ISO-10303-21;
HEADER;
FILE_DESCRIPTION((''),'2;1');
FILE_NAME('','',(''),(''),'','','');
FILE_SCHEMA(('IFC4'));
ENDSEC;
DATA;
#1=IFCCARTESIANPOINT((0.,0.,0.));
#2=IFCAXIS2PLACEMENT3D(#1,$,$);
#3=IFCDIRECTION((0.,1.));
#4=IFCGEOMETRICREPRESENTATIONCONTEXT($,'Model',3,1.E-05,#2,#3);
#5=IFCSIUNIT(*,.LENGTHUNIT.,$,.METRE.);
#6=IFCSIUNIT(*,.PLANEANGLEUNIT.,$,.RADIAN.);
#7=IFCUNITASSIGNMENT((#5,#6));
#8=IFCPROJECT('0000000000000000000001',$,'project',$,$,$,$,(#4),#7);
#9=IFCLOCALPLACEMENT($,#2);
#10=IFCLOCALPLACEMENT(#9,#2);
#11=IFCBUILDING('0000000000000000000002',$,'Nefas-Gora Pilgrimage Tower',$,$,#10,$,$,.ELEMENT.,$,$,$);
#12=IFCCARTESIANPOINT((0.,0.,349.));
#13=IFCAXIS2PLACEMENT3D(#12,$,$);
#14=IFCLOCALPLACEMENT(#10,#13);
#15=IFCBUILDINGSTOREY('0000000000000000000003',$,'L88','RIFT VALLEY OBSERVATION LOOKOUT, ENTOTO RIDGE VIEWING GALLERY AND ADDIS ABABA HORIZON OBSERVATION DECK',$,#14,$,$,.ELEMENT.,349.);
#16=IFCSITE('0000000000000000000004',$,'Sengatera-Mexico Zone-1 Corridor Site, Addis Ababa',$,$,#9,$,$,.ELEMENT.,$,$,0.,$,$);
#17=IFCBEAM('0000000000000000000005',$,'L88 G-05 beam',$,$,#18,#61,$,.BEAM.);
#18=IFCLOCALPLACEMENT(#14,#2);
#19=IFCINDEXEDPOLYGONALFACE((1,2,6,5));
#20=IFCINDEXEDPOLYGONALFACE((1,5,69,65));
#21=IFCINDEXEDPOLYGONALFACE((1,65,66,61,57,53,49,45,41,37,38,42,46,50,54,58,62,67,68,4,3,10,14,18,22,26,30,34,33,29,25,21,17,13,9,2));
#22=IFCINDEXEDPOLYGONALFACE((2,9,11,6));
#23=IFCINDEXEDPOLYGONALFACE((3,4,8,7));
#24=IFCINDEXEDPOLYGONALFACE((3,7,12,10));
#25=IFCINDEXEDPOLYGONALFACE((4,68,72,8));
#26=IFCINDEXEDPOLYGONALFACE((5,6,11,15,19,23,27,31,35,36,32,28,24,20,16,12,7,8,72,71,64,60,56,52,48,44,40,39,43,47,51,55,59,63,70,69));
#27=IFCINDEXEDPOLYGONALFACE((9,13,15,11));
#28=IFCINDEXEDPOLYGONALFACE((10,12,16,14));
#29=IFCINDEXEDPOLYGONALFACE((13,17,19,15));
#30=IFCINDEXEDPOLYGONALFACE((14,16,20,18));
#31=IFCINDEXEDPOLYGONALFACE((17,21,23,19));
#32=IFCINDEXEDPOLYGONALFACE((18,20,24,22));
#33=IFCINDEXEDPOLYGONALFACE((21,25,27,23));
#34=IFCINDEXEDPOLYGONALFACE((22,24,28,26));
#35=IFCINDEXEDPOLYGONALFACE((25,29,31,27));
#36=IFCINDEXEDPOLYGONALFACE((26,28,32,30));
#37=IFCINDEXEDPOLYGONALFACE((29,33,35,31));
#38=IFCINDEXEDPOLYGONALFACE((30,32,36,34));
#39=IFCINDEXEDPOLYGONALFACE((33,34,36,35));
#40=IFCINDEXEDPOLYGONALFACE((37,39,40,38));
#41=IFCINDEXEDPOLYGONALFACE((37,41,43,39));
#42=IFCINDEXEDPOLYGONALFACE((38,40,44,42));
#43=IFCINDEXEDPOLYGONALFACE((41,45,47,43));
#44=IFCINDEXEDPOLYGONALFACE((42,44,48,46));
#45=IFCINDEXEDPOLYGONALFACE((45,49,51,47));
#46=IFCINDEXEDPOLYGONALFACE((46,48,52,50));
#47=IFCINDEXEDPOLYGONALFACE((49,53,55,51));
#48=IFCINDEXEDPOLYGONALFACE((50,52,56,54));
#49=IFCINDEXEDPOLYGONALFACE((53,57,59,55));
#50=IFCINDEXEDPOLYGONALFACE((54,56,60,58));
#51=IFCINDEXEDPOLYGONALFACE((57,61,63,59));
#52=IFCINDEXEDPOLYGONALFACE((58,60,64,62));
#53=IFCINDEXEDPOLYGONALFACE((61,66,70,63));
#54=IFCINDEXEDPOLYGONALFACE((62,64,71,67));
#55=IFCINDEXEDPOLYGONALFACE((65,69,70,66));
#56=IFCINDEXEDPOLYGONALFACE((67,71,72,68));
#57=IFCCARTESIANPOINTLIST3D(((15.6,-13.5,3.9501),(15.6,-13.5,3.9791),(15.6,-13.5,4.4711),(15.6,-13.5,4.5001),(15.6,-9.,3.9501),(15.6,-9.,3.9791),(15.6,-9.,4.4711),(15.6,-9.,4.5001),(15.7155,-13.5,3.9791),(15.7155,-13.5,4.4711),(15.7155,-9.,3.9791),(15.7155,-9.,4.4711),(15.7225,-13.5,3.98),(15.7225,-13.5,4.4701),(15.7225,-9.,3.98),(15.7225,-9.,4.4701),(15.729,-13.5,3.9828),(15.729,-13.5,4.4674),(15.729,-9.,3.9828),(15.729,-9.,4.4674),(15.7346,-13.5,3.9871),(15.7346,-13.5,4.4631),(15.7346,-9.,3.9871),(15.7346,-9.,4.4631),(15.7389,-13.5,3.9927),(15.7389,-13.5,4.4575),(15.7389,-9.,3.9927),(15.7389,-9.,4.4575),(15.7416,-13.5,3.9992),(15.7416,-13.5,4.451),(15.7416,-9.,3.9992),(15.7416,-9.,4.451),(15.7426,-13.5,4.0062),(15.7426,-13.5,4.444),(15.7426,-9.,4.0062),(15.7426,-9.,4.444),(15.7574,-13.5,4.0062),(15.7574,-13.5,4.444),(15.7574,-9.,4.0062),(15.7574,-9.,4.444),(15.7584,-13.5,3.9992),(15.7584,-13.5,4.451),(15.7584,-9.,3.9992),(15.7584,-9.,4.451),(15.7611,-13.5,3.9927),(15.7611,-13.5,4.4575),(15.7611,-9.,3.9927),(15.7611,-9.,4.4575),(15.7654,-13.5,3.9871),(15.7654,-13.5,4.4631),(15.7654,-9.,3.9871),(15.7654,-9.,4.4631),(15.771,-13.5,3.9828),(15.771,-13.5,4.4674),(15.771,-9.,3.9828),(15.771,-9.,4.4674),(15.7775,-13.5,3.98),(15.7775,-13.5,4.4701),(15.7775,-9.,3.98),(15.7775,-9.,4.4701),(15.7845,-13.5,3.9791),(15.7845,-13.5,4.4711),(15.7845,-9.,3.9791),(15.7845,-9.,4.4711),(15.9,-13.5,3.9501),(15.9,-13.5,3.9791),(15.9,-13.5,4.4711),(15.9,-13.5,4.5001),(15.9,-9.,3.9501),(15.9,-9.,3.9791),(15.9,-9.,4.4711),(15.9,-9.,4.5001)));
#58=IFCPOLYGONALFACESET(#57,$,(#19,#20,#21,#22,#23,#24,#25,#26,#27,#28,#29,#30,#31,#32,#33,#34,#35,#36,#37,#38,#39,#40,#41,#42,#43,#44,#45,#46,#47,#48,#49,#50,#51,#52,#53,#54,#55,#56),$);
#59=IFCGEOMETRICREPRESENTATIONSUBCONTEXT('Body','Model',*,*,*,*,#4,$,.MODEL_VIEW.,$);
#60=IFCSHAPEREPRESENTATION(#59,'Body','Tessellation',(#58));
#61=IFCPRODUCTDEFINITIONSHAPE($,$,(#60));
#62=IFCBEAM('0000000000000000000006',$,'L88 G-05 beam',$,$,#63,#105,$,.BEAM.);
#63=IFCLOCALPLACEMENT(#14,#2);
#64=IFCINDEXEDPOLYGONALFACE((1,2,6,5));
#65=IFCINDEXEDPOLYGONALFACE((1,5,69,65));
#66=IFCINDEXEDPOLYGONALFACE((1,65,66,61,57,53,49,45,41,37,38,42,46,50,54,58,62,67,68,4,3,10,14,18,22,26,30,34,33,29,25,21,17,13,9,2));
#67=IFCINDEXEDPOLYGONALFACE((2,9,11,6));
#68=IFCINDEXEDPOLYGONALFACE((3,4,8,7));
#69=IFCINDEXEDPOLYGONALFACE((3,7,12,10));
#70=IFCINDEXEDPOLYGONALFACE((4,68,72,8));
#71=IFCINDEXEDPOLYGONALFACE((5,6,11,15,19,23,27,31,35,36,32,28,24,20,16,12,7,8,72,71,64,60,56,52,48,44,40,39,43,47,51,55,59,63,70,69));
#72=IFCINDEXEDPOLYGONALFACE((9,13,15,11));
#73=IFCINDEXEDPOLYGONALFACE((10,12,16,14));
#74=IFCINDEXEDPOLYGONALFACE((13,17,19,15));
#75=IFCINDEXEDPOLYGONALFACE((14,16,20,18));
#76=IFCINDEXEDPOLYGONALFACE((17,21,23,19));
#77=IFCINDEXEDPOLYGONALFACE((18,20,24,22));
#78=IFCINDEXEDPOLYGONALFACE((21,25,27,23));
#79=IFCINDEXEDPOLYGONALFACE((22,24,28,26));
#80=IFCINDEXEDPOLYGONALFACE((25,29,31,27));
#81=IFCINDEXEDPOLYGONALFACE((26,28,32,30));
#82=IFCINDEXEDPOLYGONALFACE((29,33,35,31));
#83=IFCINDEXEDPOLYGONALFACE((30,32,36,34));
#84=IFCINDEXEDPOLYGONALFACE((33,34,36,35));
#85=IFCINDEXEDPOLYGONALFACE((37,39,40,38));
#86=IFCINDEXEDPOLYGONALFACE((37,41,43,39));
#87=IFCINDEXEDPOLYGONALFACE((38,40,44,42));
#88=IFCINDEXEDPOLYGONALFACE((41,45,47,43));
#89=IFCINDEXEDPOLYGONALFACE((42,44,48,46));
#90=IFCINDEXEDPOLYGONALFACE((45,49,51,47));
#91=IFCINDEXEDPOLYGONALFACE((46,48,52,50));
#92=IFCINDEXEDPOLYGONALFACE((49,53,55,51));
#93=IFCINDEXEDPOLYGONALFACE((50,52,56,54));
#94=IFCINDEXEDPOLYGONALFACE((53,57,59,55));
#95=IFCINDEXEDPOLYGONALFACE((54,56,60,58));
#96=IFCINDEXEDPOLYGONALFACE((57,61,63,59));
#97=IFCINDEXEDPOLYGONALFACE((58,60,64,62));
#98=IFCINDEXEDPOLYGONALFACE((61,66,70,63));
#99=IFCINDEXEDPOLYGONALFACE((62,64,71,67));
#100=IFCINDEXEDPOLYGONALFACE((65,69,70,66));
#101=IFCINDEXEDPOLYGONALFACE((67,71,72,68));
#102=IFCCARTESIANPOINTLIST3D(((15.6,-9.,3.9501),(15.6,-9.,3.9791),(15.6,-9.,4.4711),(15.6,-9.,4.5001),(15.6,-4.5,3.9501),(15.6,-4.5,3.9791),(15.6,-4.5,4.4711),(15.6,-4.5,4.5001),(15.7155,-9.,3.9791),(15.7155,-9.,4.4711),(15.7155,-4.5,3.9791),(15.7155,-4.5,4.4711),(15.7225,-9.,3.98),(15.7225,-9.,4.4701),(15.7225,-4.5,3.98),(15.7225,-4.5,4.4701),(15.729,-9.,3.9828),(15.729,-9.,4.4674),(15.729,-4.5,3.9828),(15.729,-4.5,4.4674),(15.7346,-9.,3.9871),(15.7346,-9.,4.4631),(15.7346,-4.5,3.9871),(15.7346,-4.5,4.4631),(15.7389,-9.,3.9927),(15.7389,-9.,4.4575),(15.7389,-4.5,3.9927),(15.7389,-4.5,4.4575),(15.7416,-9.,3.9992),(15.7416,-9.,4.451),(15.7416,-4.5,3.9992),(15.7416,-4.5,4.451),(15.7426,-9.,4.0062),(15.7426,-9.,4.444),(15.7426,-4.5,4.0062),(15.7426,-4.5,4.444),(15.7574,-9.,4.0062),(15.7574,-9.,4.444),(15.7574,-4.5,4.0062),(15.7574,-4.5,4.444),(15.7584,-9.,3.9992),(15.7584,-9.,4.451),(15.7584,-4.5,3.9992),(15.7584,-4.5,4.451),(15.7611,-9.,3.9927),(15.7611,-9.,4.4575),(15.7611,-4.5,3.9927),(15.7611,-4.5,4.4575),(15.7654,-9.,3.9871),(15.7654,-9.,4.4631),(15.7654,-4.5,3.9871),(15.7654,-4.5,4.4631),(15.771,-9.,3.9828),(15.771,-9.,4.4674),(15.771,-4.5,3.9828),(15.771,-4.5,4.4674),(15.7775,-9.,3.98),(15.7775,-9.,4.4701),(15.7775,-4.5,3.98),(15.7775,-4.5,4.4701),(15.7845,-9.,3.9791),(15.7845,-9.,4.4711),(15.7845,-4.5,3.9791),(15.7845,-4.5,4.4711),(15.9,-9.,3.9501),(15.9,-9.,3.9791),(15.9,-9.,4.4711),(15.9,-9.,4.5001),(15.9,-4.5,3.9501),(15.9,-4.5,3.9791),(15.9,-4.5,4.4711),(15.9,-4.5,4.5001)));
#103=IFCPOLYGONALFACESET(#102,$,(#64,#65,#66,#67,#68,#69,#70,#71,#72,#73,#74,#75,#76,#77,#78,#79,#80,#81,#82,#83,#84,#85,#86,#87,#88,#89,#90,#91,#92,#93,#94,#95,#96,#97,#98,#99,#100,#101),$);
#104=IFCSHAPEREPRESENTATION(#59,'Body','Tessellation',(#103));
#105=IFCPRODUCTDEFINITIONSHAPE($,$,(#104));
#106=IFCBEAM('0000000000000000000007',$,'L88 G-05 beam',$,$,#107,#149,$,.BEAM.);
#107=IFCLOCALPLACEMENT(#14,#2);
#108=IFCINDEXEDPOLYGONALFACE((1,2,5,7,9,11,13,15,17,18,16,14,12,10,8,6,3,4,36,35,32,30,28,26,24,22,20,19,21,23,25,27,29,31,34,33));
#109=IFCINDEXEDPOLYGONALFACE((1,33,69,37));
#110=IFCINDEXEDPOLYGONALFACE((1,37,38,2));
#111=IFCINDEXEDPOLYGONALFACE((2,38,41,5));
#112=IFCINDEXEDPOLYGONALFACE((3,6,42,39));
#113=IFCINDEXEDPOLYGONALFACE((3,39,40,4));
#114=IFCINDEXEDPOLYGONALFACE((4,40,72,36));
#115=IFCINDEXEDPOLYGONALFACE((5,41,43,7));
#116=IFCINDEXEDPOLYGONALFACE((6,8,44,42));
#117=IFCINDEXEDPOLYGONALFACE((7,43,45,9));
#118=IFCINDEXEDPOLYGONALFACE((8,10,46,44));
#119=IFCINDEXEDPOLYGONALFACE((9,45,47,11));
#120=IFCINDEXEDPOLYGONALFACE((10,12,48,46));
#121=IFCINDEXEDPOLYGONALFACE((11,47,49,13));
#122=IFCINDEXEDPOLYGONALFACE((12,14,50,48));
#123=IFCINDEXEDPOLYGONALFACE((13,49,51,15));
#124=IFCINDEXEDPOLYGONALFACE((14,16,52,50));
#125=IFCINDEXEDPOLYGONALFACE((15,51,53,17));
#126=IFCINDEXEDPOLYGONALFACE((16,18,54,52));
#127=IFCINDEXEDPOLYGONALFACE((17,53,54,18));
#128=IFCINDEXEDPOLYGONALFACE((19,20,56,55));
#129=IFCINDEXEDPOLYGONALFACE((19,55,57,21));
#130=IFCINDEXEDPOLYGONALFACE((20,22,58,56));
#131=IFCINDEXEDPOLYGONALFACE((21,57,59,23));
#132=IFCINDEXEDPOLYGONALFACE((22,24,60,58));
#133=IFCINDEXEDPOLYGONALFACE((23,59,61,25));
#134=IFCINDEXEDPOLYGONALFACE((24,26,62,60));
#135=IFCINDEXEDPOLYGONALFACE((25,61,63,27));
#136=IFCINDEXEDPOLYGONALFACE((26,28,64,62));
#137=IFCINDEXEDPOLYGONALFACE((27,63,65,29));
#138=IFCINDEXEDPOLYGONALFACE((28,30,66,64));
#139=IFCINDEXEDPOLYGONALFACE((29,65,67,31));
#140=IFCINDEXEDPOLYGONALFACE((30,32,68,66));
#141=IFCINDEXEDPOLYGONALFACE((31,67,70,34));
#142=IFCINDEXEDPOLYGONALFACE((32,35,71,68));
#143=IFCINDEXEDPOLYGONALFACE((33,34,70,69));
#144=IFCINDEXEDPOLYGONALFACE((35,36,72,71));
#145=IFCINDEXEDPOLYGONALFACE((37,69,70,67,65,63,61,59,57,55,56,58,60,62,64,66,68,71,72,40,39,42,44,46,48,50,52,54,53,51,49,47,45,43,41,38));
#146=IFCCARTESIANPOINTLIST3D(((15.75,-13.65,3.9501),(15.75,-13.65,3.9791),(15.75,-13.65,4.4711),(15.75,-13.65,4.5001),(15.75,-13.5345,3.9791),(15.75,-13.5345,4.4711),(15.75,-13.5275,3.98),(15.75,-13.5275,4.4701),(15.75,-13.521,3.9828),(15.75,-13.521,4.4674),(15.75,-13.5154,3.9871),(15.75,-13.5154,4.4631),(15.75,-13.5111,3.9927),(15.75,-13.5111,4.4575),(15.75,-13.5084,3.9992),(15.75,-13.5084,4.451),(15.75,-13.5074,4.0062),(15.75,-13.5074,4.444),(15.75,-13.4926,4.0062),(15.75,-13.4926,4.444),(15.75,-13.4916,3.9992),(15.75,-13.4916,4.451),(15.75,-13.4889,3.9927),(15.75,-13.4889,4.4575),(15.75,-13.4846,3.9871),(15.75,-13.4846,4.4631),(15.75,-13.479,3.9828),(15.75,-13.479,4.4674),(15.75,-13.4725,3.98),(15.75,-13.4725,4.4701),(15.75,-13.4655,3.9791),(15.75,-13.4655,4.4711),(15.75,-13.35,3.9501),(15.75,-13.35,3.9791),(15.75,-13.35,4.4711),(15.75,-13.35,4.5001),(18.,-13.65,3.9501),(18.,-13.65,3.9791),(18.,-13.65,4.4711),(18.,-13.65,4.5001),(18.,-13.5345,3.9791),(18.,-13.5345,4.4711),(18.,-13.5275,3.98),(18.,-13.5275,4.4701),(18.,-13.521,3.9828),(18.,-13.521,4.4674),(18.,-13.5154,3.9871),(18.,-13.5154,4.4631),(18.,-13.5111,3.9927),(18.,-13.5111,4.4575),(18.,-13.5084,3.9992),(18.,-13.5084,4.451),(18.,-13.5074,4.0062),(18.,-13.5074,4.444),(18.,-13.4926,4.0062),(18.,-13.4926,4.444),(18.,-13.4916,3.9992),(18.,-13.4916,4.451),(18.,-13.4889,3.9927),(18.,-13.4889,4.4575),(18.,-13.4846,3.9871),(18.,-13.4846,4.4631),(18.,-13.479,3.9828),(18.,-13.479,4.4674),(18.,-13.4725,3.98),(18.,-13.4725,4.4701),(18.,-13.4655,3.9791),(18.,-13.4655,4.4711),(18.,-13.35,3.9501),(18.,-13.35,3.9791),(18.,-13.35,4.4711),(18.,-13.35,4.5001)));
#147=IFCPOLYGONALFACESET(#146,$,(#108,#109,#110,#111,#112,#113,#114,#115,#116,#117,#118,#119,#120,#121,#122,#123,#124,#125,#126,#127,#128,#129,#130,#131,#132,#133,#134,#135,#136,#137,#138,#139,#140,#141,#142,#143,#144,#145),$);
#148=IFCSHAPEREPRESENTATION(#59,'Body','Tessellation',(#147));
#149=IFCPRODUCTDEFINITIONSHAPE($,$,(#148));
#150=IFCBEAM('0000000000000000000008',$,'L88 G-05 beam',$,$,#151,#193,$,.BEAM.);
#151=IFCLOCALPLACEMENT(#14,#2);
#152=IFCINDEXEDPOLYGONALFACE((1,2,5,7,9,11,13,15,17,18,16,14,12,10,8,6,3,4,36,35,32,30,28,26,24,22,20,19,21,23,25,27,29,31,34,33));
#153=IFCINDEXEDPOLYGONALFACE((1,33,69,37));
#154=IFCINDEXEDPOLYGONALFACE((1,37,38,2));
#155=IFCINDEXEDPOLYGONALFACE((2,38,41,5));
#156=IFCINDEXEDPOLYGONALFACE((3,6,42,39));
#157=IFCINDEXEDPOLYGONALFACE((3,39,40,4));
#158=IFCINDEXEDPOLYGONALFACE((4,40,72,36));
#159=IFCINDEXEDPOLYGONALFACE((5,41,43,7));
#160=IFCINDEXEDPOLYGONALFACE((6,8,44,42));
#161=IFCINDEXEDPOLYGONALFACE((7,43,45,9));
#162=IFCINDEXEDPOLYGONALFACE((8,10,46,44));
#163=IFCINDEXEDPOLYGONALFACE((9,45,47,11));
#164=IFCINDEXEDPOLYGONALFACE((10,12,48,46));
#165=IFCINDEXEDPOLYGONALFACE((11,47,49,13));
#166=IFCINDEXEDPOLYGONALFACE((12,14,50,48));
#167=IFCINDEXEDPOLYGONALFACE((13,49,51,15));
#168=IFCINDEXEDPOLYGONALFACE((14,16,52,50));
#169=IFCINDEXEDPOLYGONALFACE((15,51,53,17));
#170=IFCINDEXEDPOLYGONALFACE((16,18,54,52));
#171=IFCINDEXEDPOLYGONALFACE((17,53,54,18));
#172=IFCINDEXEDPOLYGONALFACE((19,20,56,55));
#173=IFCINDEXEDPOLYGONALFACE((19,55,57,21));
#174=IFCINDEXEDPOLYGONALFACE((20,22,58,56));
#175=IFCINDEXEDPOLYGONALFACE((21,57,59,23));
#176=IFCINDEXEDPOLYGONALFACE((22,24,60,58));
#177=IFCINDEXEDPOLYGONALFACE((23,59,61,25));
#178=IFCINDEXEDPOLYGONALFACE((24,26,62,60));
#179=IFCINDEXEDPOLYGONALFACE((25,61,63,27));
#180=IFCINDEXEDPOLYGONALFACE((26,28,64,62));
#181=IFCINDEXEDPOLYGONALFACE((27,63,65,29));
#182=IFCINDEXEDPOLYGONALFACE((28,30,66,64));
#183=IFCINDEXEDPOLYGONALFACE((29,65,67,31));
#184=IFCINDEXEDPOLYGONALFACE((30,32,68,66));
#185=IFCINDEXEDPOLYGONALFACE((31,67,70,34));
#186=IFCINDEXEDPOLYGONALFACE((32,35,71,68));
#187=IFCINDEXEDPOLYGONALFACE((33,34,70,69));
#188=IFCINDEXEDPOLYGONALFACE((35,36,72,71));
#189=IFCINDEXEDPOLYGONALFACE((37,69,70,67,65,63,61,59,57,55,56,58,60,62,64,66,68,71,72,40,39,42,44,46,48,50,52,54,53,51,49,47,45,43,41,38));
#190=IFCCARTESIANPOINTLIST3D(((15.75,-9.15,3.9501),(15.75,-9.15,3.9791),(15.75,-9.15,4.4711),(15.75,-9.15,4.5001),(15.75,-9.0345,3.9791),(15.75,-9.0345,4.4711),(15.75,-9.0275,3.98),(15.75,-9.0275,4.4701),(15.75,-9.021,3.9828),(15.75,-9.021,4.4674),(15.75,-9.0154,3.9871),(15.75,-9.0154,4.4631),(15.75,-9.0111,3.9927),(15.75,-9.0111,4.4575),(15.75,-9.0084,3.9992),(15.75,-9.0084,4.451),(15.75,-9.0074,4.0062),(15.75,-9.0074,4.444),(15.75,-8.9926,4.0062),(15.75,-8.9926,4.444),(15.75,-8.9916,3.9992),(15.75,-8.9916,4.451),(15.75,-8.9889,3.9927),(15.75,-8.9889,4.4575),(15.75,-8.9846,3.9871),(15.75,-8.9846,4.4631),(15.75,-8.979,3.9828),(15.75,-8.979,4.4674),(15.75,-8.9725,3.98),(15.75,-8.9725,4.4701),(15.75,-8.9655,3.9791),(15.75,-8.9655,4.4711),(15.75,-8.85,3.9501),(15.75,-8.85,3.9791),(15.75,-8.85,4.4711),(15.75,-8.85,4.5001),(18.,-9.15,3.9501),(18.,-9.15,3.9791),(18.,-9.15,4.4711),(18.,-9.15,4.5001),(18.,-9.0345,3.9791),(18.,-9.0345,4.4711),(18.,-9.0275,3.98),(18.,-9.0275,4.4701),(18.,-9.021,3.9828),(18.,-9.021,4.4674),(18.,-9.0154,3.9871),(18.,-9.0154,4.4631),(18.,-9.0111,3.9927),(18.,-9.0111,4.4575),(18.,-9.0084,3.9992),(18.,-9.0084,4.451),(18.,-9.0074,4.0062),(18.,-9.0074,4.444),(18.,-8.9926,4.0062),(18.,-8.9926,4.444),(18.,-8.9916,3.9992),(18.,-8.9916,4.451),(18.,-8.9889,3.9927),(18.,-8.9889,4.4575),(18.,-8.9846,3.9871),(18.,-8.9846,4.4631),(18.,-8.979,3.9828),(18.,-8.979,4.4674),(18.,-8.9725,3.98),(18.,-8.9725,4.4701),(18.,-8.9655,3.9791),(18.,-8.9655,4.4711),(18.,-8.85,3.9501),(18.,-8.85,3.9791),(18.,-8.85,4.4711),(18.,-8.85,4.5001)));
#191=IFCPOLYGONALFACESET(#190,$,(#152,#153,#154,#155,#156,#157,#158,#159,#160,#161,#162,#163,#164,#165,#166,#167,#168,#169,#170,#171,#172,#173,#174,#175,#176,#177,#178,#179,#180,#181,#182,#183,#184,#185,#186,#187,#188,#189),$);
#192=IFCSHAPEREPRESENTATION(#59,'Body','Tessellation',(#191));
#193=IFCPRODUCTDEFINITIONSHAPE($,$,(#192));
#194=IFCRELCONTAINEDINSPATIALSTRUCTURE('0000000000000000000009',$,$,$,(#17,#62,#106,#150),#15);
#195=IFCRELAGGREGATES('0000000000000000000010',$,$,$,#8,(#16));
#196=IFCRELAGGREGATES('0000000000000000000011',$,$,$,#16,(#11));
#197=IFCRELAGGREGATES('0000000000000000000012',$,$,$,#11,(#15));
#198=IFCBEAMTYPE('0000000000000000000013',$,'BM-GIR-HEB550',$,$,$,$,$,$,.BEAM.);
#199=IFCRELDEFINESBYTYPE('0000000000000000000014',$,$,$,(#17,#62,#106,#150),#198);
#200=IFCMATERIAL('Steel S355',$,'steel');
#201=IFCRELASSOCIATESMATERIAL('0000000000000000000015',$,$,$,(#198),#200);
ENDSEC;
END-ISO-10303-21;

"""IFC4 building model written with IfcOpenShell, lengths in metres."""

from ifc_helpers import new_model, si_unit, direction, frame, origin, origin_2d, place, context, subcontext, project, spatial, i_section, extrude, source, transform, mapped, material, material_profile, profile_set, type_object, element, save


model = new_model("IFC4")

# Units and contexts
model_context = context("Model", 3, precision=1e-05, world=origin(), true_north=direction((0.0, 1.0)))
body_context = subcontext(model_context, "Body", "Model", "MODEL_VIEW")
ifc_project = project(units=[si_unit("LENGTHUNIT", "METRE"), si_unit("PLANEANGLEUNIT", "RADIAN")], contexts=[model_context])

# Site, building, storey
site_placement = place(None, origin())
site = spatial("IfcSite", under=ifc_project, at=site_placement, Name="Sengatera-Mexico Zone-1 Corridor Site, Addis Ababa", CompositionType="ELEMENT", RefElevation=0.0)
building_placement = place(site_placement, origin())
building = spatial("IfcBuilding", under=site, at=building_placement, Name="Nefas-Gora Pilgrimage Tower", CompositionType="ELEMENT")
storey_placement = place(building_placement, frame((0.0, 0.0, 349.0)))
storey = spatial("IfcBuildingStorey", under=building, at=storey_placement, Name="L88", Description="RIFT VALLEY OBSERVATION LOOKOUT, ENTOTO RIDGE VIEWING GALLERY AND ADDIS ABABA HORIZON OBSERVATION DECK", CompositionType="ELEMENT", Elevation=349.0)

# Shared definitions
ifc_material_1 = material(Name="Steel S355", Category="steel")

# Beams
ifc_material_profile_1 = material_profile(ifc_material_1, i_section(OverallWidth=0.3, OverallDepth=0.55, WebThickness=0.0149, FlangeThickness=0.0291, FilletRadius=0.0271, at=origin_2d()), Name="HEB 550")
ifc_profile_set_1 = profile_set([ifc_material_profile_1], Name="Steel S355")
beam_type_1 = type_object("IfcBeamType", Name="BM-GIR-HEB550", PredefinedType="BEAM", material=ifc_profile_set_1)
shared_shape_1 = source(origin(), body_context, "Body", "SweptSolid", [
    extrude(i_section(OverallWidth=0.3, OverallDepth=0.55, WebThickness=0.0149, FlangeThickness=0.0291, FilletRadius=0.0271, at=origin_2d()), origin(), (0.0, 0.0, 1.0), 4.5),
])
for number, where, z_axis, x_axis, name in (
    (1, (15.75, -13.5, 4.2251), (0.0, 1.0, 0.0), (-1.0, 0.0, 0.0), "L88 G-05 beam"),
    (2, (15.75, -9.0, 4.2251), (0.0, 1.0, 0.0), (-1.0, 0.0, 0.0), "L88 G-05 beam"),
):
    element("IfcBeam", number, at=place(storey_placement, frame(where, z_axis=z_axis, x_axis=x_axis)), inside=storey, type_object=beam_type_1, Name=name, PredefinedType="BEAM", context=body_context, shape_type="MappedRepresentation", body=[
        mapped(shared_shape_1, transform((0.0, 0.0, 0.0), x_axis=(1.0, 0.0, 0.0), y_axis=(0.0, 1.0, 0.0), z_axis=(0.0, 0.0, 1.0), scale=1.0)),
    ])
shared_shape_2 = source(origin(), body_context, "Body", "SweptSolid", [
    extrude(i_section(OverallWidth=0.3, OverallDepth=0.55, WebThickness=0.0149, FlangeThickness=0.0291, FilletRadius=0.0271, at=origin_2d()), origin(), (0.0, 0.0, 1.0), 2.25),
])
for number, where, z_axis, x_axis, name in (
    (3, (15.75, -13.5, 4.2251), (1.0, 0.0, 0.0), (0.0, 1.0, 0.0), "L88 G-05 beam"),
    (4, (15.75, -9.0, 4.2251), (1.0, 0.0, 0.0), (0.0, 1.0, 0.0), "L88 G-05 beam"),
):
    element("IfcBeam", number, at=place(storey_placement, frame(where, z_axis=z_axis, x_axis=x_axis)), inside=storey, type_object=beam_type_1, Name=name, PredefinedType="BEAM", context=body_context, shape_type="MappedRepresentation", body=[
        mapped(shared_shape_2, transform((0.0, 0.0, 0.0), x_axis=(1.0, 0.0, 0.0), y_axis=(0.0, 1.0, 0.0), z_axis=(0.0, 0.0, 1.0), scale=1.0)),
    ])

save(model, "model.ifc")
